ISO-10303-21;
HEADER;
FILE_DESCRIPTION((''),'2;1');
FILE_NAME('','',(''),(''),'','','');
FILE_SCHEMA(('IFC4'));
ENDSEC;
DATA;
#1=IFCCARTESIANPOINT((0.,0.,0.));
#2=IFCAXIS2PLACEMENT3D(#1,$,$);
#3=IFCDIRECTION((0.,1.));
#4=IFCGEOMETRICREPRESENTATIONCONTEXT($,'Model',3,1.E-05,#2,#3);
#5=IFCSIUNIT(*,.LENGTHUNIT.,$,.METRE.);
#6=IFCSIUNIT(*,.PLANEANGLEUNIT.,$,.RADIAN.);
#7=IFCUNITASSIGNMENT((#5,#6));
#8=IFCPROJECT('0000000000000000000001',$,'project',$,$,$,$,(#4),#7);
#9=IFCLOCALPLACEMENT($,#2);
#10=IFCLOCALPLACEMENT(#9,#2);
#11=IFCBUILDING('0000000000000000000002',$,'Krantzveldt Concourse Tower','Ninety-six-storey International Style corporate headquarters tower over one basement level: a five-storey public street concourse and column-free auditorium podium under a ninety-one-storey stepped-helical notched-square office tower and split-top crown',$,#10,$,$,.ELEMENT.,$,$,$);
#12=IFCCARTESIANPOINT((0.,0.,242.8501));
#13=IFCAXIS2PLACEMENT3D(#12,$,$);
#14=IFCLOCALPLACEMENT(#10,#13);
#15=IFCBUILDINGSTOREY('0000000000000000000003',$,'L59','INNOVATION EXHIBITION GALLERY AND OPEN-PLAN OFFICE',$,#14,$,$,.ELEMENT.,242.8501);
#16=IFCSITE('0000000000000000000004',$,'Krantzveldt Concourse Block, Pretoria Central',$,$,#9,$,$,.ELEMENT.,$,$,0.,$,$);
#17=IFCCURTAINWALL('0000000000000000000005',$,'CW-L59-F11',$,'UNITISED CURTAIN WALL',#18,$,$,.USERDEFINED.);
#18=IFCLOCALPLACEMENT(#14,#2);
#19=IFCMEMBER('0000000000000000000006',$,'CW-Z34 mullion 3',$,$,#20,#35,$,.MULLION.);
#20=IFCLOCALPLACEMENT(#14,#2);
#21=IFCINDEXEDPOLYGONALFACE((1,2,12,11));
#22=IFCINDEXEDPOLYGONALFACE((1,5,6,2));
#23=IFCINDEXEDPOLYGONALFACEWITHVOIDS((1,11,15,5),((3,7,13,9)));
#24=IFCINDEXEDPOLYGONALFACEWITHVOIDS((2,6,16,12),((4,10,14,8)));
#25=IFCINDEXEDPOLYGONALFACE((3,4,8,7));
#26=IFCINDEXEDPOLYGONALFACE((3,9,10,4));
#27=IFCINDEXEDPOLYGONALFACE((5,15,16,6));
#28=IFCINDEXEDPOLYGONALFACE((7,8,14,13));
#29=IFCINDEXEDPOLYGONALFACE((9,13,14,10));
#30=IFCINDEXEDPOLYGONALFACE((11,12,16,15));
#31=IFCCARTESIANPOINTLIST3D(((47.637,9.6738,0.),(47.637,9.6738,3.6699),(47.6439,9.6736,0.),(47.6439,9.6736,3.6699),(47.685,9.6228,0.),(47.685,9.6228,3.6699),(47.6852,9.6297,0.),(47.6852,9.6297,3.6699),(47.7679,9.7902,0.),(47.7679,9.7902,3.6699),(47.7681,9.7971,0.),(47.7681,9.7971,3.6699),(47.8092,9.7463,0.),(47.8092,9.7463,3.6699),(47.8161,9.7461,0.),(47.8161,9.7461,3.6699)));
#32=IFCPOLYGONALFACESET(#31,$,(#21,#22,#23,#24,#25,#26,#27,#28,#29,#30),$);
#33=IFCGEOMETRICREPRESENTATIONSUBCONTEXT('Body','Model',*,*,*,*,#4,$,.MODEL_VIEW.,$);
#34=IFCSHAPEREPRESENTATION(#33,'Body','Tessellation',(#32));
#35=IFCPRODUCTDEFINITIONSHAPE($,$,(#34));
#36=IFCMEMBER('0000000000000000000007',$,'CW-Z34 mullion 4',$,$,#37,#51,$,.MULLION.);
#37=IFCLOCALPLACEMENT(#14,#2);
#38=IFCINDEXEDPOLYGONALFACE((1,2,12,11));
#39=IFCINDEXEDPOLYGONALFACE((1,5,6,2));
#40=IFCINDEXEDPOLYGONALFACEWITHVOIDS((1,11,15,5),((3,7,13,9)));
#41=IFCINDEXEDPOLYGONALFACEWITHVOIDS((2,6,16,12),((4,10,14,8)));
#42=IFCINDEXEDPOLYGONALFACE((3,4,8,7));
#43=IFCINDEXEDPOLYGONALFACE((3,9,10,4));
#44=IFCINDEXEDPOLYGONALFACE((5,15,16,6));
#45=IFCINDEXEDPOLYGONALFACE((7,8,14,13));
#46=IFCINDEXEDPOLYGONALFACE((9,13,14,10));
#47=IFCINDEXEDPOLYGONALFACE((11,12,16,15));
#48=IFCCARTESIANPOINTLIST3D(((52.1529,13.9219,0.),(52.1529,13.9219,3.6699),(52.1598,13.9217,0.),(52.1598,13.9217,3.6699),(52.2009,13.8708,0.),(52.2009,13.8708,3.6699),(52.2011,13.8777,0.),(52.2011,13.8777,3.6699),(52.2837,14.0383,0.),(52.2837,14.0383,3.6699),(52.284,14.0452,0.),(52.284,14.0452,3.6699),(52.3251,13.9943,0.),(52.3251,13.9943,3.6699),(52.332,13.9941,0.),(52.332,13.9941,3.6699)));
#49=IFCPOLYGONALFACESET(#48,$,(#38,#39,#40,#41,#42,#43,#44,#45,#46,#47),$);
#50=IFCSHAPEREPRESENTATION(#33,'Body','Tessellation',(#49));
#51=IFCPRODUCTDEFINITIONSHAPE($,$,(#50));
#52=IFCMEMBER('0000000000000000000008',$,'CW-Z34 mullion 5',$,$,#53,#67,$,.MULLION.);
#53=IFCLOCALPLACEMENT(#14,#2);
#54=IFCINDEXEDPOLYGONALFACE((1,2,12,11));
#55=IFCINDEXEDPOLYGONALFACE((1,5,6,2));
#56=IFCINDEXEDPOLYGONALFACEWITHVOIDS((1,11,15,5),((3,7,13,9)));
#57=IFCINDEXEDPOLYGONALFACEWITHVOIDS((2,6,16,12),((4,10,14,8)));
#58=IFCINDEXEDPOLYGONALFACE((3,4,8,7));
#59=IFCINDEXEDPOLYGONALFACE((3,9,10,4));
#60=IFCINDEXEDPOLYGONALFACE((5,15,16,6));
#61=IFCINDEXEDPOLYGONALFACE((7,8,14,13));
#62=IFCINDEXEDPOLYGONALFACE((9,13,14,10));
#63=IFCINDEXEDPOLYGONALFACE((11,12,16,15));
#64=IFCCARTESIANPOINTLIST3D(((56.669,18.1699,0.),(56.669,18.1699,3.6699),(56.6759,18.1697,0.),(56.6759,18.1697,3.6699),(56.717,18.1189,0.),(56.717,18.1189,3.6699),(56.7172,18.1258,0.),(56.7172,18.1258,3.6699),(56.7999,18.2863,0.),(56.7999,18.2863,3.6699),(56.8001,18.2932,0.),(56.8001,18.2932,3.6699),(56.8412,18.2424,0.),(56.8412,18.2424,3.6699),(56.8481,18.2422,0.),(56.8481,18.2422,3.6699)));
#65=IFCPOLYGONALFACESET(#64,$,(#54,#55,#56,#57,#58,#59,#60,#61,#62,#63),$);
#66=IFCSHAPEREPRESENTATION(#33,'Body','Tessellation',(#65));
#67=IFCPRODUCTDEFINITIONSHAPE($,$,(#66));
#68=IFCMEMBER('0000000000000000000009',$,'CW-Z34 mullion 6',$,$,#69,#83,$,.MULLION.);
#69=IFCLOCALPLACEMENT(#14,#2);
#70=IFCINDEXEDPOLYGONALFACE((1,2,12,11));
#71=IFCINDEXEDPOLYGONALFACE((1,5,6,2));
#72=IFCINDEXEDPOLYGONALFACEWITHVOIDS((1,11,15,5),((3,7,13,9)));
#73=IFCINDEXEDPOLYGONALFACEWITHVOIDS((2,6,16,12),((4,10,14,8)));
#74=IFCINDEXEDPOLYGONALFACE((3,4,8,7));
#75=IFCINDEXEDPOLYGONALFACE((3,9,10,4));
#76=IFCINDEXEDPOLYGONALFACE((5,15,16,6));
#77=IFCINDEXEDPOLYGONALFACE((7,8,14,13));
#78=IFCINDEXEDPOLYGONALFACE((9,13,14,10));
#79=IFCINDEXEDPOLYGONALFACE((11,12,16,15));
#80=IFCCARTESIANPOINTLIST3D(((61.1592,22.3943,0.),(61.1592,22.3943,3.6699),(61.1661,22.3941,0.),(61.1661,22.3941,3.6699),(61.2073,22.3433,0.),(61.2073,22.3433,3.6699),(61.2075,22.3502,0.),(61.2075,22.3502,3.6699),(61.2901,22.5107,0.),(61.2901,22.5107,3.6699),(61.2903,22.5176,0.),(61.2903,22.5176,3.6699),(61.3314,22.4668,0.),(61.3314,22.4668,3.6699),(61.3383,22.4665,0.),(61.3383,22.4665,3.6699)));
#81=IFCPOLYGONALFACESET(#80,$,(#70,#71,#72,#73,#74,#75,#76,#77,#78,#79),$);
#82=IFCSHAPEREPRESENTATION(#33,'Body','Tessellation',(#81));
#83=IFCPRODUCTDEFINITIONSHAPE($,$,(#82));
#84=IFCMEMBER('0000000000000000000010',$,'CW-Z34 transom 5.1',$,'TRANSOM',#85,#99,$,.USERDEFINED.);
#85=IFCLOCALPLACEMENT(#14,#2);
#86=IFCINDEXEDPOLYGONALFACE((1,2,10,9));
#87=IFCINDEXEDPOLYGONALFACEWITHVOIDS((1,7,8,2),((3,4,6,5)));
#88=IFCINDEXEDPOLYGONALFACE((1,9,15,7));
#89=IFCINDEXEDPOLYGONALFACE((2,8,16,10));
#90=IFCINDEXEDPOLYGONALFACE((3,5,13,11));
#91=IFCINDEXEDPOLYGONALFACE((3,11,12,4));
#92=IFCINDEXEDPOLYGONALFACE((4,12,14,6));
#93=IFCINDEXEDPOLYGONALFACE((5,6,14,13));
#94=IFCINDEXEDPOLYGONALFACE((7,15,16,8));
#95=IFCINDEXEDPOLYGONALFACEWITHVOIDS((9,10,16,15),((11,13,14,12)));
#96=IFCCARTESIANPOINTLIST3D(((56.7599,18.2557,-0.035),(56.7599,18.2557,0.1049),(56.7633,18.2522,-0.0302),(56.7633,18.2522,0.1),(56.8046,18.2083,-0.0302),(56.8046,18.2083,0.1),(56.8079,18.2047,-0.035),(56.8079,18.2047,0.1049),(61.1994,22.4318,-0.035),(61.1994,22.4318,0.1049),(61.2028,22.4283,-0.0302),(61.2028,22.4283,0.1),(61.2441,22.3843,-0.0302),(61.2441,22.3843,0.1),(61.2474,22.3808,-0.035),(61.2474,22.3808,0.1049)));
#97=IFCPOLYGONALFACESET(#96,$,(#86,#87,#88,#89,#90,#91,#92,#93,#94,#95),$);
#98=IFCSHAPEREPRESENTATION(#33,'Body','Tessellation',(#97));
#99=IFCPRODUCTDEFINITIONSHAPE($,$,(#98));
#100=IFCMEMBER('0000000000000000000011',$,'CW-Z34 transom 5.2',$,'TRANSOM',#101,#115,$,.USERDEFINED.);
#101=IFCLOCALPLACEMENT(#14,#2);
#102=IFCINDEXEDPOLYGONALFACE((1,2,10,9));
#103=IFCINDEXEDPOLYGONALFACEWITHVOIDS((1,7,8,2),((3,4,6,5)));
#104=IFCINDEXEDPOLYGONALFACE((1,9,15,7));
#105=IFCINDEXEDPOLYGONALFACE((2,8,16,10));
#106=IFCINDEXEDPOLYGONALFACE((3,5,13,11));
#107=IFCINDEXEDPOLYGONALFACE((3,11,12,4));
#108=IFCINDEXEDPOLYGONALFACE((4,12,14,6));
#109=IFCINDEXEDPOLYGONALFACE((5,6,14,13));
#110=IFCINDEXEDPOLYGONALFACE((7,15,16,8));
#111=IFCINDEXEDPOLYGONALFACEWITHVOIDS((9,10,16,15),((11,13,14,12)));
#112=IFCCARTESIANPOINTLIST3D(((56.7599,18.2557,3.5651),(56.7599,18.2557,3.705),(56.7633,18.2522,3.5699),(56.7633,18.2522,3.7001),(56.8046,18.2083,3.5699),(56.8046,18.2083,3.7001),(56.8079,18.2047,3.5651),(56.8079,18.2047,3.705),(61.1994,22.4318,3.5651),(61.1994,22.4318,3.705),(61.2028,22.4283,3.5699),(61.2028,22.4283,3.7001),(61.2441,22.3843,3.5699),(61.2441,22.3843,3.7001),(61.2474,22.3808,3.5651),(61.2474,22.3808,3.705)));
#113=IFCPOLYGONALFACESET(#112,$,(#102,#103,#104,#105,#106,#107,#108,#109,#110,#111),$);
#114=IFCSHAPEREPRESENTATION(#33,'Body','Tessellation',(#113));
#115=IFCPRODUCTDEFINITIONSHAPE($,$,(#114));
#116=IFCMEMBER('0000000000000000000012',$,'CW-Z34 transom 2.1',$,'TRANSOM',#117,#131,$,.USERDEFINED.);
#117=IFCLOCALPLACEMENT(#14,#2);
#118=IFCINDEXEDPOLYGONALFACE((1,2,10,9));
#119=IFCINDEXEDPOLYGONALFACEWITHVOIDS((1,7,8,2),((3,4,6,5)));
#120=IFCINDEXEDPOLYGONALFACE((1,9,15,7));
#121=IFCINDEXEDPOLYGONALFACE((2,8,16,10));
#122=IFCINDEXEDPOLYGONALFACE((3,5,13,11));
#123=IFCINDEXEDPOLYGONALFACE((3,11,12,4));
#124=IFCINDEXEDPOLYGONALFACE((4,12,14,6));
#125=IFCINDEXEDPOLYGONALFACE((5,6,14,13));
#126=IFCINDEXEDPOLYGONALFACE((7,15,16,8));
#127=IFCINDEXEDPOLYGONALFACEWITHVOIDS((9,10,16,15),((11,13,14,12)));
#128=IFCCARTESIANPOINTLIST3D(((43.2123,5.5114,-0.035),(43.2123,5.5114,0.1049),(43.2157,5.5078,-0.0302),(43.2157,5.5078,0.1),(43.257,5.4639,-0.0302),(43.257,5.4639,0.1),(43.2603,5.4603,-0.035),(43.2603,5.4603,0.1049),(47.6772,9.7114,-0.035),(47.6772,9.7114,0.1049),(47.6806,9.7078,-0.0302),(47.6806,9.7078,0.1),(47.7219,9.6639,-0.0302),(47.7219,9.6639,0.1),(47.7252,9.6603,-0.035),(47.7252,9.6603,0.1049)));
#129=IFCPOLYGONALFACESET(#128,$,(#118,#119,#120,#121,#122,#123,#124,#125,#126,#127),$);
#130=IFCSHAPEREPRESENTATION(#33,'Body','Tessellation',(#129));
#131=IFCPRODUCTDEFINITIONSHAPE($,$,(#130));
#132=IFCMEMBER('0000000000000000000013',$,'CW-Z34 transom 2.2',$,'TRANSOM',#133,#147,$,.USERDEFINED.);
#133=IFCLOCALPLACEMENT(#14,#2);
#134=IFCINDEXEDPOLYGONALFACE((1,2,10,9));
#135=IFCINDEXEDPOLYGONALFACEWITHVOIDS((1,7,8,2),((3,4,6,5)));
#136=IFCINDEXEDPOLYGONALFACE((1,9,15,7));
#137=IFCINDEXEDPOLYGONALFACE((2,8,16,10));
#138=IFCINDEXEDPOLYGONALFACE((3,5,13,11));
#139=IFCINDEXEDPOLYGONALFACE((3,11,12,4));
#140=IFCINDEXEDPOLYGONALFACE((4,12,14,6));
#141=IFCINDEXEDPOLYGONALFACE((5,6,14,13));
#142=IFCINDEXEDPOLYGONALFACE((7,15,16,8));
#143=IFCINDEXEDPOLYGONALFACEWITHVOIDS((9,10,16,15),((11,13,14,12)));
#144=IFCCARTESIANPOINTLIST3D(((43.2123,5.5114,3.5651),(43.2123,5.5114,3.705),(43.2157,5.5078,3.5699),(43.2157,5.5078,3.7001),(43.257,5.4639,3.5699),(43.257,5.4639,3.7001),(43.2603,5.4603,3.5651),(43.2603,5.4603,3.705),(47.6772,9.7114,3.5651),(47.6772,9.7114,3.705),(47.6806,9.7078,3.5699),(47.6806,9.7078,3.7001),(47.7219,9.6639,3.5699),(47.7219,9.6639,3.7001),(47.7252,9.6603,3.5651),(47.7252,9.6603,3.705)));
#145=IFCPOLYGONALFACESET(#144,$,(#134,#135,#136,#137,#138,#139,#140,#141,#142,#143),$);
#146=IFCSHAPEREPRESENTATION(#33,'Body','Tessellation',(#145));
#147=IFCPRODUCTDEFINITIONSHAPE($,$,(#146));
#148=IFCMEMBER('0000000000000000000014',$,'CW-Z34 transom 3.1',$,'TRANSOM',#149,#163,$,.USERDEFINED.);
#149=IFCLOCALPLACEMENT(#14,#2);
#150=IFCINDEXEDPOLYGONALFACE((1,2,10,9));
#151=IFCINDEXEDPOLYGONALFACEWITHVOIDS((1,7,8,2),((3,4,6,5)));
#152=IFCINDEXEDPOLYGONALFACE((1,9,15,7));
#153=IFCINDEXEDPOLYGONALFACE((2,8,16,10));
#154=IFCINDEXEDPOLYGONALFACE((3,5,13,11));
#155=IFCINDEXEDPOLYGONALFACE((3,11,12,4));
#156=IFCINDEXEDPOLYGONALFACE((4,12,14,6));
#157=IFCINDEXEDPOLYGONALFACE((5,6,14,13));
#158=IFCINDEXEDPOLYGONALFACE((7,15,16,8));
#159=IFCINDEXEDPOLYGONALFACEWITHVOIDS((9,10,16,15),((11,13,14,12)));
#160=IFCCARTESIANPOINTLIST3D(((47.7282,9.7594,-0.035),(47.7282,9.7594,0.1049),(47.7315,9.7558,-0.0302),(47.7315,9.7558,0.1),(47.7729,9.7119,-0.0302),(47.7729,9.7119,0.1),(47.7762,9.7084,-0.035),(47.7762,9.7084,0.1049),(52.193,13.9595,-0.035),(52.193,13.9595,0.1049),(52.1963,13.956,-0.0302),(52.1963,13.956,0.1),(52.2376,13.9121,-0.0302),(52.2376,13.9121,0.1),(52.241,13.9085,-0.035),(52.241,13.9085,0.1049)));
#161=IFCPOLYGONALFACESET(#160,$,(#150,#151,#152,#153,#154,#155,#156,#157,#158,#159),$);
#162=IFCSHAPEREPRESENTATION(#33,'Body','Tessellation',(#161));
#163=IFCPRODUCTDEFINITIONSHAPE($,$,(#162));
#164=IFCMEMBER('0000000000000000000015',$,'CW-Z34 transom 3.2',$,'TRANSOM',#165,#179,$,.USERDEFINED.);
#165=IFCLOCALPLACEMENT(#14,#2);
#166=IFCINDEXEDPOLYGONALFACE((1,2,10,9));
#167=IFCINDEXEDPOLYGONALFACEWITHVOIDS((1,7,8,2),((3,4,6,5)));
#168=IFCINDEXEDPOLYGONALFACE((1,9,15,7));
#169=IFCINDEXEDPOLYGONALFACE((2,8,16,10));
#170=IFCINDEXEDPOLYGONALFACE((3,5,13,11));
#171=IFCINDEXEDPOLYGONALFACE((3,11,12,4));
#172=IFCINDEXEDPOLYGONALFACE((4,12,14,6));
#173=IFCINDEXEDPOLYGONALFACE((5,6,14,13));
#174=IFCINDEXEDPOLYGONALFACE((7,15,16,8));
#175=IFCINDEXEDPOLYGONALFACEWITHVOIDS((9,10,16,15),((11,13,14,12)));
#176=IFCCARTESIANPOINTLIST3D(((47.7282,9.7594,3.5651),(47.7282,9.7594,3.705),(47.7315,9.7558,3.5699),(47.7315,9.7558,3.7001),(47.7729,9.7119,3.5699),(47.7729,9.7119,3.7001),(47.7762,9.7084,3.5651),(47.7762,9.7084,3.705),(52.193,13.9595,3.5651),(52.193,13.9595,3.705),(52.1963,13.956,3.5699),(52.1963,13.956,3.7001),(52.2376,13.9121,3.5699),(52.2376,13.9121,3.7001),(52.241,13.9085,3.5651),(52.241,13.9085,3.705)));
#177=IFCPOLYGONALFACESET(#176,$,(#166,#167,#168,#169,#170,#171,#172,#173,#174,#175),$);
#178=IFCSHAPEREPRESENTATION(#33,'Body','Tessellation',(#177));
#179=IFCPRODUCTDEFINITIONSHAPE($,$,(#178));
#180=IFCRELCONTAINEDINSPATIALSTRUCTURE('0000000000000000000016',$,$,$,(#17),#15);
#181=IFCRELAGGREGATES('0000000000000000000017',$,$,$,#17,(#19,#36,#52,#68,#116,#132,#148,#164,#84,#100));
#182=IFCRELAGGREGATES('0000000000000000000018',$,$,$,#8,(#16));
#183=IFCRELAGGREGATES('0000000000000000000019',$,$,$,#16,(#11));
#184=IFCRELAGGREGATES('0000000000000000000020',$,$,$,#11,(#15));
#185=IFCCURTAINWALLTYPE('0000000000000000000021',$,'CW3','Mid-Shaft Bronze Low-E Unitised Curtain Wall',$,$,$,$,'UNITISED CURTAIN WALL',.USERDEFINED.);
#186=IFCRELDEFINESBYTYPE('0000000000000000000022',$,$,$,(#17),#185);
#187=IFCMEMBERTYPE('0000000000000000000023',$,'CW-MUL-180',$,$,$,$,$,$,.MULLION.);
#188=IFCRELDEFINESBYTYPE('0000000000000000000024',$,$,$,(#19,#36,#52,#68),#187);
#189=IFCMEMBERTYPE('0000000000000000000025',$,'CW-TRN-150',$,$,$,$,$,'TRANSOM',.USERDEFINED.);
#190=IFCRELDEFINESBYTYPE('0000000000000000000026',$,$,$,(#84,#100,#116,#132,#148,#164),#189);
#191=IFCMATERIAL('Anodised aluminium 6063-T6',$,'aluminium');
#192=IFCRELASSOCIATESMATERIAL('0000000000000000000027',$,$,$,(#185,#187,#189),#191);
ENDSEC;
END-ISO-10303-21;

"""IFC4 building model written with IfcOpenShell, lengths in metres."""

from ifc_helpers import new_model, si_unit, direction, frame, origin, origin_2d, place, context, subcontext, project, spatial, hollow_rectangle, extrude, source, transform, mapped, material, material_profile, profile_set, type_object, type_shapes, element, aggregate, save


model = new_model("IFC4")

# Units and contexts
model_context = context("Model", 3, precision=1e-05, world=origin(), true_north=direction((0.0, 1.0)))
body_context = subcontext(model_context, "Body", "Model", "MODEL_VIEW")
ifc_project = project(units=[si_unit("LENGTHUNIT", "METRE"), si_unit("PLANEANGLEUNIT", "RADIAN")], contexts=[model_context])

# Site, building, storey
site_placement = place(None, origin())
site = spatial("IfcSite", under=ifc_project, at=site_placement, Name="Krantzveldt Concourse Block, Pretoria Central", CompositionType="ELEMENT", RefElevation=0.0)
building_placement = place(site_placement, origin())
building = spatial("IfcBuilding", under=site, at=building_placement, Name="Krantzveldt Concourse Tower", Description="Ninety-six-storey International Style corporate headquarters tower over one basement level: a five-storey public street concourse and column-free auditorium podium under a ninety-one-storey stepped-helical notched-square office tower and split-top crown", CompositionType="ELEMENT")
storey_placement = place(building_placement, frame((0.0, 0.0, 242.8501)))
storey = spatial("IfcBuildingStorey", under=building, at=storey_placement, Name="L59", Description="INNOVATION EXHIBITION GALLERY AND OPEN-PLAN OFFICE", CompositionType="ELEMENT", Elevation=242.8501)

# Curtain wall, members
ifc_material_1 = material(Name="Anodised aluminium 6063-T6", Category="aluminium")
curtain_wall_type = type_object("IfcCurtainWallType", Name="CW3", Description="Mid-Shaft Bronze Low-E Unitised Curtain Wall", ElementType="UNITISED CURTAIN WALL", PredefinedType="USERDEFINED", material=ifc_material_1)
curtain_wall_placement = place(storey_placement, origin())
curtain_wall = element("IfcCurtainWall", 1, at=curtain_wall_placement, inside=storey, type_object=curtain_wall_type, Name="CW-L59-F11", ObjectType="UNITISED CURTAIN WALL", PredefinedType="USERDEFINED")
ifc_material_profile_1 = material_profile(ifc_material_1, hollow_rectangle(XDim=0.0701, YDim=0.1799, WallThickness=0.0049, at=origin_2d()), Name="Anodised aluminium 6063-T6", Category="aluminium")
ifc_profile_set_1 = profile_set([ifc_material_profile_1], Name="Anodised aluminium 6063-T6 - ALU-MULL 180x70x5")
member_type_1 = type_object("IfcMemberType", Name="CW-MUL-180", PredefinedType="MULLION", material=ifc_profile_set_1)
shared_shape_1 = source(origin(), body_context, "Body", "SweptSolid", [
    extrude(hollow_rectangle(XDim=0.0701, YDim=0.1799, WallThickness=0.0049, at=origin_2d()), origin(), (0.0, 0.0, 1.0), 3.6699),
])
type_shapes(member_type_1, [shared_shape_1])
member_1_placement = place(storey_placement, frame((47.7266, 9.71, 0.0), z_axis=(0.0, 0.0, 1.0), x_axis=(-0.685183, 0.728371, 0.0)))
member_1 = element("IfcMember", 2, at=member_1_placement, type_object=member_type_1, Name="CW-Z34 mullion 3", PredefinedType="MULLION", context=body_context, shape_type="MappedRepresentation", body=[
    mapped(shared_shape_1, transform((0.0, 0.0, 0.0), x_axis=(1.0, 0.0, 0.0), y_axis=(0.0, 1.0, 0.0), z_axis=(0.0, 0.0, 1.0), scale=1.0)),
])
member_2_placement = place(storey_placement, frame((52.2424, 13.958, 0.0), z_axis=(0.0, 0.0, 1.0), x_axis=(-0.685183, 0.728371, 0.0)))
member_2 = element("IfcMember", 3, at=member_2_placement, type_object=member_type_1, Name="CW-Z34 mullion 4", PredefinedType="MULLION", context=body_context, shape_type="MappedRepresentation", body=[
    mapped(shared_shape_1, transform((0.0, 0.0, 0.0), x_axis=(1.0, 0.0, 0.0), y_axis=(0.0, 1.0, 0.0), z_axis=(0.0, 0.0, 1.0), scale=1.0)),
])
member_3_placement = place(storey_placement, frame((56.7585, 18.2061, 0.0), z_axis=(0.0, 0.0, 1.0), x_axis=(-0.685183, 0.728371, 0.0)))
member_3 = element("IfcMember", 4, at=member_3_placement, type_object=member_type_1, Name="CW-Z34 mullion 5", PredefinedType="MULLION", context=body_context, shape_type="MappedRepresentation", body=[
    mapped(shared_shape_1, transform((0.0, 0.0, 0.0), x_axis=(1.0, 0.0, 0.0), y_axis=(0.0, 1.0, 0.0), z_axis=(0.0, 0.0, 1.0), scale=1.0)),
])
member_4_placement = place(storey_placement, frame((61.2488, 22.4304, 0.0), z_axis=(0.0, 0.0, 1.0), x_axis=(-0.685183, 0.728371, 0.0)))
member_4 = element("IfcMember", 5, at=member_4_placement, type_object=member_type_1, Name="CW-Z34 mullion 6", PredefinedType="MULLION", context=body_context, shape_type="MappedRepresentation", body=[
    mapped(shared_shape_1, transform((0.0, 0.0, 0.0), x_axis=(1.0, 0.0, 0.0), y_axis=(0.0, 1.0, 0.0), z_axis=(0.0, 0.0, 1.0), scale=1.0)),
])
ifc_material_profile_2 = material_profile(ifc_material_1, hollow_rectangle(XDim=0.0701, YDim=0.1399, WallThickness=0.0049, at=origin_2d()), Name="Anodised aluminium 6063-T6", Category="aluminium")
ifc_profile_set_2 = profile_set([ifc_material_profile_2], Name="Anodised aluminium 6063-T6 - ALU-TRAN 140x70x5")
member_type_2 = type_object("IfcMemberType", Name="CW-TRN-150", ElementType="TRANSOM", PredefinedType="USERDEFINED", material=ifc_profile_set_2)
shared_shape_2 = source(origin(), body_context, "Body", "SweptSolid", [
    extrude(hollow_rectangle(XDim=0.0701, YDim=0.1399, WallThickness=0.0049, at=origin_2d()), origin(), (0.0, 0.0, 1.0), 6.095),
])
member_5_placement = place(storey_placement, frame((56.7839, 18.2302, 0.0349), z_axis=(0.728387, 0.685166, 0.0), x_axis=(-0.685166, 0.728387, 0.0)))
member_5 = element("IfcMember", 6, at=member_5_placement, type_object=member_type_2, Name="CW-Z34 transom 5.1", ObjectType="TRANSOM", PredefinedType="USERDEFINED", context=body_context, shape_type="MappedRepresentation", body=[
    mapped(shared_shape_2, transform((0.0, 0.0, 0.0), x_axis=(1.0, 0.0, 0.0), y_axis=(0.0, 1.0, 0.0), z_axis=(0.0, 0.0, 1.0), scale=1.0)),
])
member_6_placement = place(storey_placement, frame((56.7839, 18.2302, 3.635), z_axis=(0.728387, 0.685166, 0.0), x_axis=(-0.685166, 0.728387, 0.0)))
member_6 = element("IfcMember", 7, at=member_6_placement, type_object=member_type_2, Name="CW-Z34 transom 5.2", ObjectType="TRANSOM", PredefinedType="USERDEFINED", context=body_context, shape_type="MappedRepresentation", body=[
    mapped(shared_shape_2, transform((0.0, 0.0, 0.0), x_axis=(1.0, 0.0, 0.0), y_axis=(0.0, 1.0, 0.0), z_axis=(0.0, 0.0, 1.0), scale=1.0)),
])
shared_shape_3 = source(origin(), body_context, "Body", "SweptSolid", [
    extrude(hollow_rectangle(XDim=0.0701, YDim=0.1399, WallThickness=0.0049, at=origin_2d()), origin(), (0.0, 0.0, 1.0), 6.1299),
])
type_shapes(member_type_2, [shared_shape_2, shared_shape_3])
member_7_placement = place(storey_placement, frame((43.2363, 5.4858, 0.0349), z_axis=(0.728384, 0.68517, 0.0), x_axis=(-0.68517, 0.728384, 0.0)))
member_7 = element("IfcMember", 8, at=member_7_placement, type_object=member_type_2, Name="CW-Z34 transom 2.1", ObjectType="TRANSOM", PredefinedType="USERDEFINED", context=body_context, shape_type="MappedRepresentation", body=[
    mapped(shared_shape_3, transform((0.0, 0.0, 0.0), x_axis=(1.0, 0.0, 0.0), y_axis=(0.0, 1.0, 0.0), z_axis=(0.0, 0.0, 1.0), scale=1.0)),
])
member_8_placement = place(storey_placement, frame((43.2363, 5.4858, 3.635), z_axis=(0.728384, 0.68517, 0.0), x_axis=(-0.68517, 0.728384, 0.0)))
member_8 = element("IfcMember", 9, at=member_8_placement, type_object=member_type_2, Name="CW-Z34 transom 2.2", ObjectType="TRANSOM", PredefinedType="USERDEFINED", context=body_context, shape_type="MappedRepresentation", body=[
    mapped(shared_shape_3, transform((0.0, 0.0, 0.0), x_axis=(1.0, 0.0, 0.0), y_axis=(0.0, 1.0, 0.0), z_axis=(0.0, 0.0, 1.0), scale=1.0)),
])
member_9_placement = place(storey_placement, frame((47.7522, 9.7339, 0.0349), z_axis=(0.728364, 0.685191, 0.0), x_axis=(-0.685191, 0.728364, 0.0)))
member_9 = element("IfcMember", 10, at=member_9_placement, type_object=member_type_2, Name="CW-Z34 transom 3.1", ObjectType="TRANSOM", PredefinedType="USERDEFINED", context=body_context, shape_type="MappedRepresentation", body=[
    mapped(shared_shape_3, transform((0.0, 0.0, 0.0), x_axis=(1.0, 0.0, 0.0), y_axis=(0.0, 1.0, 0.0), z_axis=(0.0, 0.0, 1.0), scale=1.0)),
])
member_10_placement = place(storey_placement, frame((47.7522, 9.7339, 3.635), z_axis=(0.728364, 0.685191, 0.0), x_axis=(-0.685191, 0.728364, 0.0)))
member_10 = element("IfcMember", 11, at=member_10_placement, type_object=member_type_2, Name="CW-Z34 transom 3.2", ObjectType="TRANSOM", PredefinedType="USERDEFINED", context=body_context, shape_type="MappedRepresentation", body=[
    mapped(shared_shape_3, transform((0.0, 0.0, 0.0), x_axis=(1.0, 0.0, 0.0), y_axis=(0.0, 1.0, 0.0), z_axis=(0.0, 0.0, 1.0), scale=1.0)),
])
aggregate(curtain_wall, [member_1, member_2, member_3, member_4, member_7, member_8, member_9, member_10, member_5, member_6])

save(model, "model.ifc")
